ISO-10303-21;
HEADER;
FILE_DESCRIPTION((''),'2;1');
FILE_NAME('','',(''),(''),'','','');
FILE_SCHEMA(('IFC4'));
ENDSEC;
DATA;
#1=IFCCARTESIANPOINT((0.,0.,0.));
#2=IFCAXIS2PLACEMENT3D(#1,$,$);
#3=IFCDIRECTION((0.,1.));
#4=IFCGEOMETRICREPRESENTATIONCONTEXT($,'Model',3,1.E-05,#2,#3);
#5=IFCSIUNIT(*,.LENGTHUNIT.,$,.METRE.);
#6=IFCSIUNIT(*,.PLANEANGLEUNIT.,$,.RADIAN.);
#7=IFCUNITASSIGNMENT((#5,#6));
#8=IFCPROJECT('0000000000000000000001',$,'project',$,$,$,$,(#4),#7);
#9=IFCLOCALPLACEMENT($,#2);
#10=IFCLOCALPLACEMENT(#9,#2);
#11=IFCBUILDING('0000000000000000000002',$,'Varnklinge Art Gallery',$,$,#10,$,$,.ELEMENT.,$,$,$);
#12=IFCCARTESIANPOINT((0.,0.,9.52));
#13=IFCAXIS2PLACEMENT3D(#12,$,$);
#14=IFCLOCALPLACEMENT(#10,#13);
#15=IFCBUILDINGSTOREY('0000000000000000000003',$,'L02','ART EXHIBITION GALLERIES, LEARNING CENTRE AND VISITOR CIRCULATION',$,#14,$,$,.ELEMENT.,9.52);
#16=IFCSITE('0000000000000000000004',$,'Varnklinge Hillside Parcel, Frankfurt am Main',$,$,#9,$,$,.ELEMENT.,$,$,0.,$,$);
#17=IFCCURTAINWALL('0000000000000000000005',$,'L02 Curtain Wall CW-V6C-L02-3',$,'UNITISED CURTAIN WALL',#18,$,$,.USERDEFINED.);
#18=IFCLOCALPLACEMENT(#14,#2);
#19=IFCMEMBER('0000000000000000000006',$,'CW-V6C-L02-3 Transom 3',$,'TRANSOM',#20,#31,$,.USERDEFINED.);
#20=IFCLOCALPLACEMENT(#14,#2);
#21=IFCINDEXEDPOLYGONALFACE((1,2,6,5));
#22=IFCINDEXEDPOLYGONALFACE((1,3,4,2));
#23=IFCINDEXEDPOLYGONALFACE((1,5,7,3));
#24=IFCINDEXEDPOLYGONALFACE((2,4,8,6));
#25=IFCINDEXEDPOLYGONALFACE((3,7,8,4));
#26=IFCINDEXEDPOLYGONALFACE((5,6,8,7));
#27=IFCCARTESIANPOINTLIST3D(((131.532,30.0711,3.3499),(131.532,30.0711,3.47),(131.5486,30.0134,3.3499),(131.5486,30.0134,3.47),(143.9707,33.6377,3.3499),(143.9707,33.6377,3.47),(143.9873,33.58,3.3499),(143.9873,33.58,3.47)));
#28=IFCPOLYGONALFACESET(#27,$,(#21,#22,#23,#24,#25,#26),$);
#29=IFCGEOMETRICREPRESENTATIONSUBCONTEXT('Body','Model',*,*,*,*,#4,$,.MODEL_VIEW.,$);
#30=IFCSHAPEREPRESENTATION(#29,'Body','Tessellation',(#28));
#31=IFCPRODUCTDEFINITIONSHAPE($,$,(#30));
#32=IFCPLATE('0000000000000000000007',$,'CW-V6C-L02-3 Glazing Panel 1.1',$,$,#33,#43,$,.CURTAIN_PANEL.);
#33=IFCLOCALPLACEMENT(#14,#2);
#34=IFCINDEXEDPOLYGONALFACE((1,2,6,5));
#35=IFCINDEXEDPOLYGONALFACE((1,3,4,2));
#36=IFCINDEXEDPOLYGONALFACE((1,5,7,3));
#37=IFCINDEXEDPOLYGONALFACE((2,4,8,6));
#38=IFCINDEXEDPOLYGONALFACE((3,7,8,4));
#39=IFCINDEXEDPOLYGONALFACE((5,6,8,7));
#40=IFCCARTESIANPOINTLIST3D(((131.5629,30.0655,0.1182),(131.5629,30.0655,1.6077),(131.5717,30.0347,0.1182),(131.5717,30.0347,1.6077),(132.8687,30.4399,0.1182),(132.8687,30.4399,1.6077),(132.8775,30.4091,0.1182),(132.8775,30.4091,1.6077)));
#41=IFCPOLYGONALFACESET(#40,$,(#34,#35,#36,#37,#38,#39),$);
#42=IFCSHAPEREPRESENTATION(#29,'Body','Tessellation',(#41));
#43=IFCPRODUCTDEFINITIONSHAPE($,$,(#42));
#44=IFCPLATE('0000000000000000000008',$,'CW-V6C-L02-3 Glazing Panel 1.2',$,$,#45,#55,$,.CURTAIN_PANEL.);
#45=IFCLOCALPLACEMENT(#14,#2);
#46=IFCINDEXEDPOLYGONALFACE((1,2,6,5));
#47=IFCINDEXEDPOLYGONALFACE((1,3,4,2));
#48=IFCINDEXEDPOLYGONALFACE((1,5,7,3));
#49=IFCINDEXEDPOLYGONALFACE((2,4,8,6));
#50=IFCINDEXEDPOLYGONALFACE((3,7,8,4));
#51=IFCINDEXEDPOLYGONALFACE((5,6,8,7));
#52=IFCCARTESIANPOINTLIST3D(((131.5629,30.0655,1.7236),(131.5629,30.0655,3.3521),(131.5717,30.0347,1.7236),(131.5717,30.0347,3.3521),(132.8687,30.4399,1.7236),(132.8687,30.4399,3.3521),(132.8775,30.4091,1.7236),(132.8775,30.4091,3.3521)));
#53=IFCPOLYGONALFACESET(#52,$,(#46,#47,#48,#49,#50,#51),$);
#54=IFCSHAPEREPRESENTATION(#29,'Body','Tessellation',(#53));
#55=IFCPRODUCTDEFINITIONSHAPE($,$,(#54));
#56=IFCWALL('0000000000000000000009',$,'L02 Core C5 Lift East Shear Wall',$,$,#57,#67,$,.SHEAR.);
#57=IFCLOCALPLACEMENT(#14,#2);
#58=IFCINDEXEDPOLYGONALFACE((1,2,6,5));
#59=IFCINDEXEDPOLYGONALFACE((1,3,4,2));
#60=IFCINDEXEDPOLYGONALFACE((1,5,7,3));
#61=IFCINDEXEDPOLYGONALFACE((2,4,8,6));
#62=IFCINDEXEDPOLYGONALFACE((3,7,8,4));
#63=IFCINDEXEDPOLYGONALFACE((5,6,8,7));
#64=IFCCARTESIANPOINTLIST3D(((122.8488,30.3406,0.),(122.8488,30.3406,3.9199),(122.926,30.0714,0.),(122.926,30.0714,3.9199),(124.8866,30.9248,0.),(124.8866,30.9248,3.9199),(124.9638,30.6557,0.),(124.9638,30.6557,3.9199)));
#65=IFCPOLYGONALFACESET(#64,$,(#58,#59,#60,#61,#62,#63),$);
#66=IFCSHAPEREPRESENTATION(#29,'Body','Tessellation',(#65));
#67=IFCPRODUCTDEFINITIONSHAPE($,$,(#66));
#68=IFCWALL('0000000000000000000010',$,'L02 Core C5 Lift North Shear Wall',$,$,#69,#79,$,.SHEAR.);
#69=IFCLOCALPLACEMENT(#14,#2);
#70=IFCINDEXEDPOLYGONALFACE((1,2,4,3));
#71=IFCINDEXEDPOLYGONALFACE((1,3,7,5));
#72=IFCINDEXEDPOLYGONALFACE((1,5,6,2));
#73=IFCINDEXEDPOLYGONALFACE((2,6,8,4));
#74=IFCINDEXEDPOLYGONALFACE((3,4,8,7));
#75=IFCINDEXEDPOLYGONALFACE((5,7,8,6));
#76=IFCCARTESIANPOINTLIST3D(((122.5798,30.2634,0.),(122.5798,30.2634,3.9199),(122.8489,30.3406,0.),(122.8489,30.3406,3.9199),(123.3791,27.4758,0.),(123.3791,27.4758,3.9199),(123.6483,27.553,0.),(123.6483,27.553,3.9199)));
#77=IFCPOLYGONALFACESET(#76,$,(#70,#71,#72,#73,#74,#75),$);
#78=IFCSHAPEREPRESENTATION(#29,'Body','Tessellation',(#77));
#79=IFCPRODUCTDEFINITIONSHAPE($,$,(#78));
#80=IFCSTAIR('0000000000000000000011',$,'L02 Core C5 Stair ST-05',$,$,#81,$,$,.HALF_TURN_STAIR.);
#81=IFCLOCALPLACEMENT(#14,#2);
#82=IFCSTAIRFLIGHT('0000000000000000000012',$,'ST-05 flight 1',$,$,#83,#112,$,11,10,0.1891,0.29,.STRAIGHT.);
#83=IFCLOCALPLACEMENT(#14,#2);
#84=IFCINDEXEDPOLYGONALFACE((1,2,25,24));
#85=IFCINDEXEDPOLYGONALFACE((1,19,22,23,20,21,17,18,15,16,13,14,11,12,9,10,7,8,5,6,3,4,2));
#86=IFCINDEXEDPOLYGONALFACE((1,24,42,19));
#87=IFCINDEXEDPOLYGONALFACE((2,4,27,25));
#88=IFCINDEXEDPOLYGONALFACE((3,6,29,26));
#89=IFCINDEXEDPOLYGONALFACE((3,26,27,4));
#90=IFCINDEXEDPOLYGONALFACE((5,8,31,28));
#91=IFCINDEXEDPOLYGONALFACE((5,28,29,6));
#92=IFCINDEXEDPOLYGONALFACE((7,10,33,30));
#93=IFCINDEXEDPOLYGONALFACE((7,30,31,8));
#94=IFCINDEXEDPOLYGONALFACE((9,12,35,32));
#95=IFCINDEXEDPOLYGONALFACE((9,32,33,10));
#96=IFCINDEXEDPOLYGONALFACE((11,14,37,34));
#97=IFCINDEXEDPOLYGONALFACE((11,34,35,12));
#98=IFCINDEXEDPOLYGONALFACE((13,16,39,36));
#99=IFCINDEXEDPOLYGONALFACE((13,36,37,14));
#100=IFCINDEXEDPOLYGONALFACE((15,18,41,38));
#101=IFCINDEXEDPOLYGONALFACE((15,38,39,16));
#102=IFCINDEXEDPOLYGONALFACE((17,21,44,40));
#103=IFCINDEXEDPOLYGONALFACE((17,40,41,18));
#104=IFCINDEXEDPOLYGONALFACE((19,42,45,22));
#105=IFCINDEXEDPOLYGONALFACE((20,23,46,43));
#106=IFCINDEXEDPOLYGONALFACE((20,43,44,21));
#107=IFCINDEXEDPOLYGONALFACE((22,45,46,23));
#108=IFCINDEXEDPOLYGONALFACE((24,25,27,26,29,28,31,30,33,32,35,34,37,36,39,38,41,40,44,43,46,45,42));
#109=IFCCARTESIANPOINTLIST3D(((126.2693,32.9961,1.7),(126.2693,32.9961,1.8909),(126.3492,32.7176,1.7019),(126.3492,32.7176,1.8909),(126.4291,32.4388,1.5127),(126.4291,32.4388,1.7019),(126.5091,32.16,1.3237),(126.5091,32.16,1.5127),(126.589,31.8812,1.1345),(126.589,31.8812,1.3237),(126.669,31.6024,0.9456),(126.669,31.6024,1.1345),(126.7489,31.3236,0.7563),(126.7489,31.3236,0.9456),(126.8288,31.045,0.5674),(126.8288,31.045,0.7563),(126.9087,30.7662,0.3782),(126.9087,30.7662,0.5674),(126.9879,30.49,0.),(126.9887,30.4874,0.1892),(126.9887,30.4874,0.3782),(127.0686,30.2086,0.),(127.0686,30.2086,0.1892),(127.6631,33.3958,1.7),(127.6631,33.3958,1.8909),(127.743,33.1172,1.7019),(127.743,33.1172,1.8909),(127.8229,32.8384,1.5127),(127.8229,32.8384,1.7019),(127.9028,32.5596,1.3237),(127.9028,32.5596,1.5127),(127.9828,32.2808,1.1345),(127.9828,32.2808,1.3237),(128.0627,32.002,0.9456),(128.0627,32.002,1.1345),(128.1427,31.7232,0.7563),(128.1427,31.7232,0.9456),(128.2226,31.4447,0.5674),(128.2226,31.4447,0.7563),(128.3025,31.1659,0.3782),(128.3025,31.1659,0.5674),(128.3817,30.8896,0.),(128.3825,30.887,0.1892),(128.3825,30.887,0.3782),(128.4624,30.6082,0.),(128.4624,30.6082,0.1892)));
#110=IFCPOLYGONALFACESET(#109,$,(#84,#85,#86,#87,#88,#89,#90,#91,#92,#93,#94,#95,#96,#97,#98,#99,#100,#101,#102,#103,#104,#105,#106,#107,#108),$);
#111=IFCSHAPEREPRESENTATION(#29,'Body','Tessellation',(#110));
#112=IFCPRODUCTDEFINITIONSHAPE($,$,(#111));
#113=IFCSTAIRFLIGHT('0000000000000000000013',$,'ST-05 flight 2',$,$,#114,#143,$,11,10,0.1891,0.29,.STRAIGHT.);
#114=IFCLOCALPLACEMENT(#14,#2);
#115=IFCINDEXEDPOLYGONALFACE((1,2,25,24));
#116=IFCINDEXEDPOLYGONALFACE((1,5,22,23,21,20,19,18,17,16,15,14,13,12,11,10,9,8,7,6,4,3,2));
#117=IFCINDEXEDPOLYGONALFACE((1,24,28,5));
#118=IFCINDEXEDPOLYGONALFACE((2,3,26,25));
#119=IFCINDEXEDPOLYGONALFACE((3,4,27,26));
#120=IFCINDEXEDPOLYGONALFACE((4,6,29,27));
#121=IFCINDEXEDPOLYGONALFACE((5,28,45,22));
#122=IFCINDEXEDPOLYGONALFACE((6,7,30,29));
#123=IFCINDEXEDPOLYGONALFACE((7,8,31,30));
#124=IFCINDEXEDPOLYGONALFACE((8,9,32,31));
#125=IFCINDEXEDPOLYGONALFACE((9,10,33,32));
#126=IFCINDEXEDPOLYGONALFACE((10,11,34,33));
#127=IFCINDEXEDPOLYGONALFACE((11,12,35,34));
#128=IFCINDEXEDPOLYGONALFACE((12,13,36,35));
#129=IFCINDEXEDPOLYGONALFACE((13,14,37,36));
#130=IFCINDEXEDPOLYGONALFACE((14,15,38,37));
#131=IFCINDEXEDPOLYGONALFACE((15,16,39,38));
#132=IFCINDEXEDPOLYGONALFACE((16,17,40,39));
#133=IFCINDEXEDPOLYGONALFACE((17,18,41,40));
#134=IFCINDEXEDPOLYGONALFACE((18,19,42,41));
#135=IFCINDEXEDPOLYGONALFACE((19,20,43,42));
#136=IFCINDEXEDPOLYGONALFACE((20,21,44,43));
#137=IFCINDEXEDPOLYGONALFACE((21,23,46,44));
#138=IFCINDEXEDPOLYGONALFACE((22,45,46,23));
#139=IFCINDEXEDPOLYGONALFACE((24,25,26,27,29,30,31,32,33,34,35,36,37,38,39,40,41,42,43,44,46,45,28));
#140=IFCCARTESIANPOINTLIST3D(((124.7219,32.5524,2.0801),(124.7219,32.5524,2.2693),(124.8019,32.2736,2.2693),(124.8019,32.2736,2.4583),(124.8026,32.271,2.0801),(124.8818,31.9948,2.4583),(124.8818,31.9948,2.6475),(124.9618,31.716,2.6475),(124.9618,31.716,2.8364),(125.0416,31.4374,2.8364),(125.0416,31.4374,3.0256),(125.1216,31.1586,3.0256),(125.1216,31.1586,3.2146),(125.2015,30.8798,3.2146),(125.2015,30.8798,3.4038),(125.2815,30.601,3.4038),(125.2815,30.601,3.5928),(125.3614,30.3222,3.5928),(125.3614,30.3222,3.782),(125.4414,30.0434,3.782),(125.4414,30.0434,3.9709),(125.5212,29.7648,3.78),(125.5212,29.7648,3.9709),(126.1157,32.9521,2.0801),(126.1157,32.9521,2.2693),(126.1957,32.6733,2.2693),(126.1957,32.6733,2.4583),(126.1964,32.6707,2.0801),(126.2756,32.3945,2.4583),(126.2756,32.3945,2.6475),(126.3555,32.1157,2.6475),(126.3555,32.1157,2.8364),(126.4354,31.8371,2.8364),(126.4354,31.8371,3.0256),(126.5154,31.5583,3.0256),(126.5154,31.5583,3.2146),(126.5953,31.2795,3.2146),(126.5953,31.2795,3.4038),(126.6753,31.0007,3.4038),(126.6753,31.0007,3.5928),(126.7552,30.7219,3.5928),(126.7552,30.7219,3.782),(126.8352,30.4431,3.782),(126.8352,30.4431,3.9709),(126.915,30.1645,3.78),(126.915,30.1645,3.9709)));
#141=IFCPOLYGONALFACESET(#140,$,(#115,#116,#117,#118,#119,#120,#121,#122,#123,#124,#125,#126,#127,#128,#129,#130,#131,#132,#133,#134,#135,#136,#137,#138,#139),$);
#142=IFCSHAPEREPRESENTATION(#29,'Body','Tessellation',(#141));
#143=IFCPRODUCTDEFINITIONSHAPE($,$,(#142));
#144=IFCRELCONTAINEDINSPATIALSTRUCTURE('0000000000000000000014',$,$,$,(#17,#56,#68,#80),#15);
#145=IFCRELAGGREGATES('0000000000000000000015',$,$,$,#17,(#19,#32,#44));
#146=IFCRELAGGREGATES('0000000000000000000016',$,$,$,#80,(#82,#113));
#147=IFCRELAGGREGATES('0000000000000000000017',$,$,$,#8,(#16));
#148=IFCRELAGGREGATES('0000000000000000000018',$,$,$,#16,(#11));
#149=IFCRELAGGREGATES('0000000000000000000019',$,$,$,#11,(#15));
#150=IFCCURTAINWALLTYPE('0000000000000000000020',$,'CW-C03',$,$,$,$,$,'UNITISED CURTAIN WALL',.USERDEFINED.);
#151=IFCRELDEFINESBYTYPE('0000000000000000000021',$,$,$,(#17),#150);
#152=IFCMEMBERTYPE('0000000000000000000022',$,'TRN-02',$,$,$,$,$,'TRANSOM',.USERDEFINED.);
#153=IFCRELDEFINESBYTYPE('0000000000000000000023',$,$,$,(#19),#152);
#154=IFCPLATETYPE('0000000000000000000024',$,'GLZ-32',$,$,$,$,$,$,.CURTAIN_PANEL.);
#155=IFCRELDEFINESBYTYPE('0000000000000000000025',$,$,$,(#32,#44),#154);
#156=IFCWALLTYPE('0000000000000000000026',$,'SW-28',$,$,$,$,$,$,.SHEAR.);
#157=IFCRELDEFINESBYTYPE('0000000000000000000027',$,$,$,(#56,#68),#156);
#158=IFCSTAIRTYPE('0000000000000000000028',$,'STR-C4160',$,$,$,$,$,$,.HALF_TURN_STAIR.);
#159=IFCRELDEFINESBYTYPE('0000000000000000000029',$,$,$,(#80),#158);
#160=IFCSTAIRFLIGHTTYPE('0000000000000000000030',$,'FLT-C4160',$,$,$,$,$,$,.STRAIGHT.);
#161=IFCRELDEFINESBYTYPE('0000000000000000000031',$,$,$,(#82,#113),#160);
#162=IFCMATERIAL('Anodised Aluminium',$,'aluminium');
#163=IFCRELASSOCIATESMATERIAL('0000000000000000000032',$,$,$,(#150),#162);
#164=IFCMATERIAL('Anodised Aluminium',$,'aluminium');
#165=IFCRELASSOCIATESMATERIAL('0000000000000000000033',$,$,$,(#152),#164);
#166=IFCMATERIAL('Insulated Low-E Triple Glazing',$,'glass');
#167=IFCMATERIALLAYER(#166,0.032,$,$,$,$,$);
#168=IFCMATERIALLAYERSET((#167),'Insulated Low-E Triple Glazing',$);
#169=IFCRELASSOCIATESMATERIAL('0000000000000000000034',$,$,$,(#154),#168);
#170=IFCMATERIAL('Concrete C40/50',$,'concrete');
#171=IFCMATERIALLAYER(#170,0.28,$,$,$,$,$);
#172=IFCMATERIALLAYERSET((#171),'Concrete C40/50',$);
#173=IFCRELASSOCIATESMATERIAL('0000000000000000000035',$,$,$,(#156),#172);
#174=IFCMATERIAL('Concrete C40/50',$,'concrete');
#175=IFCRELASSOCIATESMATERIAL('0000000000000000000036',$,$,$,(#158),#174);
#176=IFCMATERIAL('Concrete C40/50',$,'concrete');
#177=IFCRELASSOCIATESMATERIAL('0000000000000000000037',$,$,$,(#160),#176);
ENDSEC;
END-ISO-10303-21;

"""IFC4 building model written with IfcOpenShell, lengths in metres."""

from ifc_helpers import new_model, si_unit, direction, frame, frame_2d, origin, origin_2d, place, context, subcontext, project, spatial, polyline, rectangle, outline, extrude, material, layer, layer_set, material_profile, profile_set, type_object, element, aggregate, save


model = new_model("IFC4")

# Units and contexts
model_context = context("Model", 3, precision=1e-05, world=origin(), true_north=direction((0.0, 1.0)))
body_context = subcontext(model_context, "Body", "Model", "MODEL_VIEW")
ifc_project = project(units=[si_unit("LENGTHUNIT", "METRE"), si_unit("PLANEANGLEUNIT", "RADIAN")], contexts=[model_context])

# Site, building, storey
site_placement = place(None, origin())
site = spatial("IfcSite", under=ifc_project, at=site_placement, Name="Varnklinge Hillside Parcel, Frankfurt am Main", CompositionType="ELEMENT", RefElevation=0.0)
building_placement = place(site_placement, origin())
building = spatial("IfcBuilding", under=site, at=building_placement, Name="Varnklinge Art Gallery", CompositionType="ELEMENT")
storey_placement = place(building_placement, frame((0.0, 0.0, 9.52)))
storey = spatial("IfcBuildingStorey", under=building, at=storey_placement, Name="L02", Description="ART EXHIBITION GALLERIES, LEARNING CENTRE AND VISITOR CIRCULATION", CompositionType="ELEMENT", Elevation=9.52)

# Curtain wall, member, plates
ifc_material_1 = material(Name="Anodised Aluminium", Category="aluminium")
curtain_wall_type = type_object("IfcCurtainWallType", Name="CW-C03", ElementType="UNITISED CURTAIN WALL", PredefinedType="USERDEFINED", material=ifc_material_1)
curtain_wall_placement = place(storey_placement, origin())
curtain_wall = element("IfcCurtainWall", 1, at=curtain_wall_placement, inside=storey, type_object=curtain_wall_type, Name="L02 Curtain Wall CW-V6C-L02-3", ObjectType="UNITISED CURTAIN WALL", PredefinedType="USERDEFINED")
ifc_material_2 = material(Name="Anodised Aluminium", Category="aluminium")
ifc_material_profile_1 = material_profile(ifc_material_2, rectangle(XDim=0.0601, YDim=0.1201, at=origin_2d()), Name="ALU 60x120")
ifc_profile_set_1 = profile_set([ifc_material_profile_1], Name="Anodised Aluminium")
member_type_1 = type_object("IfcMemberType", Name="TRN-02", ElementType="TRANSOM", PredefinedType="USERDEFINED", material=ifc_profile_set_1)
member_1_placement = place(storey_placement, frame((131.5403, 30.0422, 3.4099), z_axis=(0.961264, 0.275631, 0.0), x_axis=(-0.275631, 0.961264, 0.0)))
member_1 = element("IfcMember", 2, at=member_1_placement, type_object=member_type_1, Name="CW-V6C-L02-3 Transom 3", ObjectType="TRANSOM", PredefinedType="USERDEFINED", context=body_context, shape_type="SweptSolid", body=[
    extrude(rectangle(XDim=0.0601, YDim=0.1201, at=origin_2d()), origin(), (0.0, 0.0, 1.0), 12.9399),
])
ifc_material_3 = material(Name="Insulated Low-E Triple Glazing", Category="glass")
ifc_layer_1 = layer(ifc_material_3, 0.032)
ifc_layer_set_1 = layer_set([ifc_layer_1], Name="Insulated Low-E Triple Glazing")
plate_type = type_object("IfcPlateType", Name="GLZ-32", PredefinedType="CURTAIN_PANEL", material=ifc_layer_set_1)
plate_1_placement = place(storey_placement, frame((132.2202, 30.2373, 0.1182), z_axis=(0.0, 0.0, 1.0), x_axis=(0.961262, 0.275637, 0.0)))
plate_1 = element("IfcPlate", 3, at=plate_1_placement, type_object=plate_type, Name="CW-V6C-L02-3 Glazing Panel 1.1", PredefinedType="CURTAIN_PANEL", context=body_context, shape_type="SweptSolid", body=[
    extrude(rectangle(XDim=1.3584, YDim=0.032, at=origin_2d()), origin(), (0.0, 0.0, 1.0), 1.4895),
])
plate_2_placement = place(storey_placement, frame((132.2202, 30.2373, 1.7236), z_axis=(0.0, 0.0, 1.0), x_axis=(0.961262, 0.275637, 0.0)))
plate_2 = element("IfcPlate", 4, at=plate_2_placement, type_object=plate_type, Name="CW-V6C-L02-3 Glazing Panel 1.2", PredefinedType="CURTAIN_PANEL", context=body_context, shape_type="SweptSolid", body=[
    extrude(rectangle(XDim=1.3584, YDim=0.032, at=origin_2d()), origin(), (0.0, 0.0, 1.0), 1.6284),
])
aggregate(curtain_wall, [member_1, plate_1, plate_2])

# Walls
ifc_material_4 = material(Name="Concrete C40/50", Category="concrete")
ifc_layer_2 = layer(ifc_material_4, 0.28)
ifc_layer_set_2 = layer_set([ifc_layer_2], Name="Concrete C40/50")
wall_type = type_object("IfcWallType", Name="SW-28", PredefinedType="SHEAR", material=ifc_layer_set_2)
wall_1_placement = place(storey_placement, frame((124.9253, 30.7903, 0.0), z_axis=(0.0, 0.0, 1.0), x_axis=(-0.961276, -0.275588, 0.0)))
element("IfcWall", 5, at=wall_1_placement, inside=storey, type_object=wall_type, Name="L02 Core C5 Lift East Shear Wall", PredefinedType="SHEAR", context=body_context, shape_type="SweptSolid", body=[
    extrude(rectangle(XDim=2.1199, YDim=0.28, at=frame_2d((1.0601, 0.0))), origin(), (0.0, 0.0, 1.0), 3.9199),
])
wall_2_placement = place(storey_placement, frame((122.7144, 30.302, 0.0), z_axis=(0.0, 0.0, 1.0), x_axis=(0.275633, -0.961263, 0.0)))
element("IfcWall", 6, at=wall_2_placement, inside=storey, type_object=wall_type, Name="L02 Core C5 Lift North Shear Wall", PredefinedType="SHEAR", context=body_context, shape_type="SweptSolid", body=[
    extrude(rectangle(XDim=2.8999, YDim=0.28, at=frame_2d((1.45, 0.0))), origin(), (0.0, 0.0, 1.0), 3.9199),
])

# Stair, stair flights
ifc_material_5 = material(Name="Concrete C40/50", Category="concrete")
stair_type = type_object("IfcStairType", Name="STR-C4160", PredefinedType="HALF_TURN_STAIR", material=ifc_material_5)
stair_placement = place(storey_placement, origin())
stair = element("IfcStair", 7, at=stair_placement, inside=storey, type_object=stair_type, Name="L02 Core C5 Stair ST-05", PredefinedType="HALF_TURN_STAIR")
ifc_material_6 = material(Name="Concrete C40/50", Category="concrete")
stair_flight_type = type_object("IfcStairFlightType", Name="FLT-C4160", PredefinedType="STRAIGHT", material=ifc_material_6)
stair_flight_1_placement = place(storey_placement, frame((127.7656, 30.4084, 0.0), z_axis=(0.0, 0.0, 1.0), x_axis=(-0.275637, 0.961262, 0.0)))
stair_flight_1 = element("IfcStairFlight", 8, at=stair_flight_1_placement, type_object=stair_flight_type, Name="ST-05 flight 1", NumberOfRisers=11, NumberOfTreads=10, PredefinedType="STRAIGHT", RiserHeight=0.1891, TreadLength=0.29, context=body_context, shape_type="SweptSolid", body=[
    extrude(outline(polyline([(0.0, 0.0), (0.0, 0.1892), (0.29, 0.1892), (0.29, 0.3782), (0.5801, 0.3782), (0.5801, 0.5674), (0.8701, 0.5674), (0.8701, 0.7563), (1.1599, 0.7563), (1.1599, 0.9456), (1.45, 0.9456), (1.45, 1.1345), (1.74, 1.1345), (1.74, 1.3237), (2.03, 1.3237), (2.03, 1.5127), (2.3201, 1.5127), (2.3201, 1.7019), (2.6101, 1.7019), (2.6101, 1.8909), (2.8999, 1.8909), (2.8999, 2.0801), (2.8999, 1.7), (0.2927, 0.0), (0.0, 0.0)])), frame((0.0, 0.7251, 0.0), z_axis=(0.0, -1.0, 0.0), x_axis=(1.0, 0.0, 0.0)), (0.0, 0.0, 1.0), 1.45),
])
stair_flight_2_placement = place(storey_placement, frame((125.4187, 32.7522, 2.0801), z_axis=(0.0, 0.0, 1.0), x_axis=(0.275637, -0.961262, 0.0)))
stair_flight_2 = element("IfcStairFlight", 9, at=stair_flight_2_placement, type_object=stair_flight_type, Name="ST-05 flight 2", NumberOfRisers=11, NumberOfTreads=10, PredefinedType="STRAIGHT", RiserHeight=0.1891, TreadLength=0.29, context=body_context, shape_type="SweptSolid", body=[
    extrude(outline(polyline([(0.0, 0.0), (0.0, 0.1892), (0.29, 0.1892), (0.29, 0.3782), (0.5801, 0.3782), (0.5801, 0.5674), (0.8701, 0.5674), (0.8701, 0.7563), (1.1599, 0.7563), (1.1599, 0.9456), (1.45, 0.9456), (1.45, 1.1345), (1.74, 1.1345), (1.74, 1.3237), (2.03, 1.3237), (2.03, 1.5127), (2.3201, 1.5127), (2.3201, 1.7019), (2.6101, 1.7019), (2.6101, 1.8909), (2.8999, 1.8909), (2.8999, 2.0801), (2.8999, 1.7), (0.2927, 0.0), (0.0, 0.0)])), frame((0.0, 0.7251, 0.0), z_axis=(0.0, -1.0, 0.0), x_axis=(1.0, 0.0, 0.0)), (0.0, 0.0, 1.0), 1.45),
])
aggregate(stair, [stair_flight_1, stair_flight_2])

save(model, "model.ifc")
